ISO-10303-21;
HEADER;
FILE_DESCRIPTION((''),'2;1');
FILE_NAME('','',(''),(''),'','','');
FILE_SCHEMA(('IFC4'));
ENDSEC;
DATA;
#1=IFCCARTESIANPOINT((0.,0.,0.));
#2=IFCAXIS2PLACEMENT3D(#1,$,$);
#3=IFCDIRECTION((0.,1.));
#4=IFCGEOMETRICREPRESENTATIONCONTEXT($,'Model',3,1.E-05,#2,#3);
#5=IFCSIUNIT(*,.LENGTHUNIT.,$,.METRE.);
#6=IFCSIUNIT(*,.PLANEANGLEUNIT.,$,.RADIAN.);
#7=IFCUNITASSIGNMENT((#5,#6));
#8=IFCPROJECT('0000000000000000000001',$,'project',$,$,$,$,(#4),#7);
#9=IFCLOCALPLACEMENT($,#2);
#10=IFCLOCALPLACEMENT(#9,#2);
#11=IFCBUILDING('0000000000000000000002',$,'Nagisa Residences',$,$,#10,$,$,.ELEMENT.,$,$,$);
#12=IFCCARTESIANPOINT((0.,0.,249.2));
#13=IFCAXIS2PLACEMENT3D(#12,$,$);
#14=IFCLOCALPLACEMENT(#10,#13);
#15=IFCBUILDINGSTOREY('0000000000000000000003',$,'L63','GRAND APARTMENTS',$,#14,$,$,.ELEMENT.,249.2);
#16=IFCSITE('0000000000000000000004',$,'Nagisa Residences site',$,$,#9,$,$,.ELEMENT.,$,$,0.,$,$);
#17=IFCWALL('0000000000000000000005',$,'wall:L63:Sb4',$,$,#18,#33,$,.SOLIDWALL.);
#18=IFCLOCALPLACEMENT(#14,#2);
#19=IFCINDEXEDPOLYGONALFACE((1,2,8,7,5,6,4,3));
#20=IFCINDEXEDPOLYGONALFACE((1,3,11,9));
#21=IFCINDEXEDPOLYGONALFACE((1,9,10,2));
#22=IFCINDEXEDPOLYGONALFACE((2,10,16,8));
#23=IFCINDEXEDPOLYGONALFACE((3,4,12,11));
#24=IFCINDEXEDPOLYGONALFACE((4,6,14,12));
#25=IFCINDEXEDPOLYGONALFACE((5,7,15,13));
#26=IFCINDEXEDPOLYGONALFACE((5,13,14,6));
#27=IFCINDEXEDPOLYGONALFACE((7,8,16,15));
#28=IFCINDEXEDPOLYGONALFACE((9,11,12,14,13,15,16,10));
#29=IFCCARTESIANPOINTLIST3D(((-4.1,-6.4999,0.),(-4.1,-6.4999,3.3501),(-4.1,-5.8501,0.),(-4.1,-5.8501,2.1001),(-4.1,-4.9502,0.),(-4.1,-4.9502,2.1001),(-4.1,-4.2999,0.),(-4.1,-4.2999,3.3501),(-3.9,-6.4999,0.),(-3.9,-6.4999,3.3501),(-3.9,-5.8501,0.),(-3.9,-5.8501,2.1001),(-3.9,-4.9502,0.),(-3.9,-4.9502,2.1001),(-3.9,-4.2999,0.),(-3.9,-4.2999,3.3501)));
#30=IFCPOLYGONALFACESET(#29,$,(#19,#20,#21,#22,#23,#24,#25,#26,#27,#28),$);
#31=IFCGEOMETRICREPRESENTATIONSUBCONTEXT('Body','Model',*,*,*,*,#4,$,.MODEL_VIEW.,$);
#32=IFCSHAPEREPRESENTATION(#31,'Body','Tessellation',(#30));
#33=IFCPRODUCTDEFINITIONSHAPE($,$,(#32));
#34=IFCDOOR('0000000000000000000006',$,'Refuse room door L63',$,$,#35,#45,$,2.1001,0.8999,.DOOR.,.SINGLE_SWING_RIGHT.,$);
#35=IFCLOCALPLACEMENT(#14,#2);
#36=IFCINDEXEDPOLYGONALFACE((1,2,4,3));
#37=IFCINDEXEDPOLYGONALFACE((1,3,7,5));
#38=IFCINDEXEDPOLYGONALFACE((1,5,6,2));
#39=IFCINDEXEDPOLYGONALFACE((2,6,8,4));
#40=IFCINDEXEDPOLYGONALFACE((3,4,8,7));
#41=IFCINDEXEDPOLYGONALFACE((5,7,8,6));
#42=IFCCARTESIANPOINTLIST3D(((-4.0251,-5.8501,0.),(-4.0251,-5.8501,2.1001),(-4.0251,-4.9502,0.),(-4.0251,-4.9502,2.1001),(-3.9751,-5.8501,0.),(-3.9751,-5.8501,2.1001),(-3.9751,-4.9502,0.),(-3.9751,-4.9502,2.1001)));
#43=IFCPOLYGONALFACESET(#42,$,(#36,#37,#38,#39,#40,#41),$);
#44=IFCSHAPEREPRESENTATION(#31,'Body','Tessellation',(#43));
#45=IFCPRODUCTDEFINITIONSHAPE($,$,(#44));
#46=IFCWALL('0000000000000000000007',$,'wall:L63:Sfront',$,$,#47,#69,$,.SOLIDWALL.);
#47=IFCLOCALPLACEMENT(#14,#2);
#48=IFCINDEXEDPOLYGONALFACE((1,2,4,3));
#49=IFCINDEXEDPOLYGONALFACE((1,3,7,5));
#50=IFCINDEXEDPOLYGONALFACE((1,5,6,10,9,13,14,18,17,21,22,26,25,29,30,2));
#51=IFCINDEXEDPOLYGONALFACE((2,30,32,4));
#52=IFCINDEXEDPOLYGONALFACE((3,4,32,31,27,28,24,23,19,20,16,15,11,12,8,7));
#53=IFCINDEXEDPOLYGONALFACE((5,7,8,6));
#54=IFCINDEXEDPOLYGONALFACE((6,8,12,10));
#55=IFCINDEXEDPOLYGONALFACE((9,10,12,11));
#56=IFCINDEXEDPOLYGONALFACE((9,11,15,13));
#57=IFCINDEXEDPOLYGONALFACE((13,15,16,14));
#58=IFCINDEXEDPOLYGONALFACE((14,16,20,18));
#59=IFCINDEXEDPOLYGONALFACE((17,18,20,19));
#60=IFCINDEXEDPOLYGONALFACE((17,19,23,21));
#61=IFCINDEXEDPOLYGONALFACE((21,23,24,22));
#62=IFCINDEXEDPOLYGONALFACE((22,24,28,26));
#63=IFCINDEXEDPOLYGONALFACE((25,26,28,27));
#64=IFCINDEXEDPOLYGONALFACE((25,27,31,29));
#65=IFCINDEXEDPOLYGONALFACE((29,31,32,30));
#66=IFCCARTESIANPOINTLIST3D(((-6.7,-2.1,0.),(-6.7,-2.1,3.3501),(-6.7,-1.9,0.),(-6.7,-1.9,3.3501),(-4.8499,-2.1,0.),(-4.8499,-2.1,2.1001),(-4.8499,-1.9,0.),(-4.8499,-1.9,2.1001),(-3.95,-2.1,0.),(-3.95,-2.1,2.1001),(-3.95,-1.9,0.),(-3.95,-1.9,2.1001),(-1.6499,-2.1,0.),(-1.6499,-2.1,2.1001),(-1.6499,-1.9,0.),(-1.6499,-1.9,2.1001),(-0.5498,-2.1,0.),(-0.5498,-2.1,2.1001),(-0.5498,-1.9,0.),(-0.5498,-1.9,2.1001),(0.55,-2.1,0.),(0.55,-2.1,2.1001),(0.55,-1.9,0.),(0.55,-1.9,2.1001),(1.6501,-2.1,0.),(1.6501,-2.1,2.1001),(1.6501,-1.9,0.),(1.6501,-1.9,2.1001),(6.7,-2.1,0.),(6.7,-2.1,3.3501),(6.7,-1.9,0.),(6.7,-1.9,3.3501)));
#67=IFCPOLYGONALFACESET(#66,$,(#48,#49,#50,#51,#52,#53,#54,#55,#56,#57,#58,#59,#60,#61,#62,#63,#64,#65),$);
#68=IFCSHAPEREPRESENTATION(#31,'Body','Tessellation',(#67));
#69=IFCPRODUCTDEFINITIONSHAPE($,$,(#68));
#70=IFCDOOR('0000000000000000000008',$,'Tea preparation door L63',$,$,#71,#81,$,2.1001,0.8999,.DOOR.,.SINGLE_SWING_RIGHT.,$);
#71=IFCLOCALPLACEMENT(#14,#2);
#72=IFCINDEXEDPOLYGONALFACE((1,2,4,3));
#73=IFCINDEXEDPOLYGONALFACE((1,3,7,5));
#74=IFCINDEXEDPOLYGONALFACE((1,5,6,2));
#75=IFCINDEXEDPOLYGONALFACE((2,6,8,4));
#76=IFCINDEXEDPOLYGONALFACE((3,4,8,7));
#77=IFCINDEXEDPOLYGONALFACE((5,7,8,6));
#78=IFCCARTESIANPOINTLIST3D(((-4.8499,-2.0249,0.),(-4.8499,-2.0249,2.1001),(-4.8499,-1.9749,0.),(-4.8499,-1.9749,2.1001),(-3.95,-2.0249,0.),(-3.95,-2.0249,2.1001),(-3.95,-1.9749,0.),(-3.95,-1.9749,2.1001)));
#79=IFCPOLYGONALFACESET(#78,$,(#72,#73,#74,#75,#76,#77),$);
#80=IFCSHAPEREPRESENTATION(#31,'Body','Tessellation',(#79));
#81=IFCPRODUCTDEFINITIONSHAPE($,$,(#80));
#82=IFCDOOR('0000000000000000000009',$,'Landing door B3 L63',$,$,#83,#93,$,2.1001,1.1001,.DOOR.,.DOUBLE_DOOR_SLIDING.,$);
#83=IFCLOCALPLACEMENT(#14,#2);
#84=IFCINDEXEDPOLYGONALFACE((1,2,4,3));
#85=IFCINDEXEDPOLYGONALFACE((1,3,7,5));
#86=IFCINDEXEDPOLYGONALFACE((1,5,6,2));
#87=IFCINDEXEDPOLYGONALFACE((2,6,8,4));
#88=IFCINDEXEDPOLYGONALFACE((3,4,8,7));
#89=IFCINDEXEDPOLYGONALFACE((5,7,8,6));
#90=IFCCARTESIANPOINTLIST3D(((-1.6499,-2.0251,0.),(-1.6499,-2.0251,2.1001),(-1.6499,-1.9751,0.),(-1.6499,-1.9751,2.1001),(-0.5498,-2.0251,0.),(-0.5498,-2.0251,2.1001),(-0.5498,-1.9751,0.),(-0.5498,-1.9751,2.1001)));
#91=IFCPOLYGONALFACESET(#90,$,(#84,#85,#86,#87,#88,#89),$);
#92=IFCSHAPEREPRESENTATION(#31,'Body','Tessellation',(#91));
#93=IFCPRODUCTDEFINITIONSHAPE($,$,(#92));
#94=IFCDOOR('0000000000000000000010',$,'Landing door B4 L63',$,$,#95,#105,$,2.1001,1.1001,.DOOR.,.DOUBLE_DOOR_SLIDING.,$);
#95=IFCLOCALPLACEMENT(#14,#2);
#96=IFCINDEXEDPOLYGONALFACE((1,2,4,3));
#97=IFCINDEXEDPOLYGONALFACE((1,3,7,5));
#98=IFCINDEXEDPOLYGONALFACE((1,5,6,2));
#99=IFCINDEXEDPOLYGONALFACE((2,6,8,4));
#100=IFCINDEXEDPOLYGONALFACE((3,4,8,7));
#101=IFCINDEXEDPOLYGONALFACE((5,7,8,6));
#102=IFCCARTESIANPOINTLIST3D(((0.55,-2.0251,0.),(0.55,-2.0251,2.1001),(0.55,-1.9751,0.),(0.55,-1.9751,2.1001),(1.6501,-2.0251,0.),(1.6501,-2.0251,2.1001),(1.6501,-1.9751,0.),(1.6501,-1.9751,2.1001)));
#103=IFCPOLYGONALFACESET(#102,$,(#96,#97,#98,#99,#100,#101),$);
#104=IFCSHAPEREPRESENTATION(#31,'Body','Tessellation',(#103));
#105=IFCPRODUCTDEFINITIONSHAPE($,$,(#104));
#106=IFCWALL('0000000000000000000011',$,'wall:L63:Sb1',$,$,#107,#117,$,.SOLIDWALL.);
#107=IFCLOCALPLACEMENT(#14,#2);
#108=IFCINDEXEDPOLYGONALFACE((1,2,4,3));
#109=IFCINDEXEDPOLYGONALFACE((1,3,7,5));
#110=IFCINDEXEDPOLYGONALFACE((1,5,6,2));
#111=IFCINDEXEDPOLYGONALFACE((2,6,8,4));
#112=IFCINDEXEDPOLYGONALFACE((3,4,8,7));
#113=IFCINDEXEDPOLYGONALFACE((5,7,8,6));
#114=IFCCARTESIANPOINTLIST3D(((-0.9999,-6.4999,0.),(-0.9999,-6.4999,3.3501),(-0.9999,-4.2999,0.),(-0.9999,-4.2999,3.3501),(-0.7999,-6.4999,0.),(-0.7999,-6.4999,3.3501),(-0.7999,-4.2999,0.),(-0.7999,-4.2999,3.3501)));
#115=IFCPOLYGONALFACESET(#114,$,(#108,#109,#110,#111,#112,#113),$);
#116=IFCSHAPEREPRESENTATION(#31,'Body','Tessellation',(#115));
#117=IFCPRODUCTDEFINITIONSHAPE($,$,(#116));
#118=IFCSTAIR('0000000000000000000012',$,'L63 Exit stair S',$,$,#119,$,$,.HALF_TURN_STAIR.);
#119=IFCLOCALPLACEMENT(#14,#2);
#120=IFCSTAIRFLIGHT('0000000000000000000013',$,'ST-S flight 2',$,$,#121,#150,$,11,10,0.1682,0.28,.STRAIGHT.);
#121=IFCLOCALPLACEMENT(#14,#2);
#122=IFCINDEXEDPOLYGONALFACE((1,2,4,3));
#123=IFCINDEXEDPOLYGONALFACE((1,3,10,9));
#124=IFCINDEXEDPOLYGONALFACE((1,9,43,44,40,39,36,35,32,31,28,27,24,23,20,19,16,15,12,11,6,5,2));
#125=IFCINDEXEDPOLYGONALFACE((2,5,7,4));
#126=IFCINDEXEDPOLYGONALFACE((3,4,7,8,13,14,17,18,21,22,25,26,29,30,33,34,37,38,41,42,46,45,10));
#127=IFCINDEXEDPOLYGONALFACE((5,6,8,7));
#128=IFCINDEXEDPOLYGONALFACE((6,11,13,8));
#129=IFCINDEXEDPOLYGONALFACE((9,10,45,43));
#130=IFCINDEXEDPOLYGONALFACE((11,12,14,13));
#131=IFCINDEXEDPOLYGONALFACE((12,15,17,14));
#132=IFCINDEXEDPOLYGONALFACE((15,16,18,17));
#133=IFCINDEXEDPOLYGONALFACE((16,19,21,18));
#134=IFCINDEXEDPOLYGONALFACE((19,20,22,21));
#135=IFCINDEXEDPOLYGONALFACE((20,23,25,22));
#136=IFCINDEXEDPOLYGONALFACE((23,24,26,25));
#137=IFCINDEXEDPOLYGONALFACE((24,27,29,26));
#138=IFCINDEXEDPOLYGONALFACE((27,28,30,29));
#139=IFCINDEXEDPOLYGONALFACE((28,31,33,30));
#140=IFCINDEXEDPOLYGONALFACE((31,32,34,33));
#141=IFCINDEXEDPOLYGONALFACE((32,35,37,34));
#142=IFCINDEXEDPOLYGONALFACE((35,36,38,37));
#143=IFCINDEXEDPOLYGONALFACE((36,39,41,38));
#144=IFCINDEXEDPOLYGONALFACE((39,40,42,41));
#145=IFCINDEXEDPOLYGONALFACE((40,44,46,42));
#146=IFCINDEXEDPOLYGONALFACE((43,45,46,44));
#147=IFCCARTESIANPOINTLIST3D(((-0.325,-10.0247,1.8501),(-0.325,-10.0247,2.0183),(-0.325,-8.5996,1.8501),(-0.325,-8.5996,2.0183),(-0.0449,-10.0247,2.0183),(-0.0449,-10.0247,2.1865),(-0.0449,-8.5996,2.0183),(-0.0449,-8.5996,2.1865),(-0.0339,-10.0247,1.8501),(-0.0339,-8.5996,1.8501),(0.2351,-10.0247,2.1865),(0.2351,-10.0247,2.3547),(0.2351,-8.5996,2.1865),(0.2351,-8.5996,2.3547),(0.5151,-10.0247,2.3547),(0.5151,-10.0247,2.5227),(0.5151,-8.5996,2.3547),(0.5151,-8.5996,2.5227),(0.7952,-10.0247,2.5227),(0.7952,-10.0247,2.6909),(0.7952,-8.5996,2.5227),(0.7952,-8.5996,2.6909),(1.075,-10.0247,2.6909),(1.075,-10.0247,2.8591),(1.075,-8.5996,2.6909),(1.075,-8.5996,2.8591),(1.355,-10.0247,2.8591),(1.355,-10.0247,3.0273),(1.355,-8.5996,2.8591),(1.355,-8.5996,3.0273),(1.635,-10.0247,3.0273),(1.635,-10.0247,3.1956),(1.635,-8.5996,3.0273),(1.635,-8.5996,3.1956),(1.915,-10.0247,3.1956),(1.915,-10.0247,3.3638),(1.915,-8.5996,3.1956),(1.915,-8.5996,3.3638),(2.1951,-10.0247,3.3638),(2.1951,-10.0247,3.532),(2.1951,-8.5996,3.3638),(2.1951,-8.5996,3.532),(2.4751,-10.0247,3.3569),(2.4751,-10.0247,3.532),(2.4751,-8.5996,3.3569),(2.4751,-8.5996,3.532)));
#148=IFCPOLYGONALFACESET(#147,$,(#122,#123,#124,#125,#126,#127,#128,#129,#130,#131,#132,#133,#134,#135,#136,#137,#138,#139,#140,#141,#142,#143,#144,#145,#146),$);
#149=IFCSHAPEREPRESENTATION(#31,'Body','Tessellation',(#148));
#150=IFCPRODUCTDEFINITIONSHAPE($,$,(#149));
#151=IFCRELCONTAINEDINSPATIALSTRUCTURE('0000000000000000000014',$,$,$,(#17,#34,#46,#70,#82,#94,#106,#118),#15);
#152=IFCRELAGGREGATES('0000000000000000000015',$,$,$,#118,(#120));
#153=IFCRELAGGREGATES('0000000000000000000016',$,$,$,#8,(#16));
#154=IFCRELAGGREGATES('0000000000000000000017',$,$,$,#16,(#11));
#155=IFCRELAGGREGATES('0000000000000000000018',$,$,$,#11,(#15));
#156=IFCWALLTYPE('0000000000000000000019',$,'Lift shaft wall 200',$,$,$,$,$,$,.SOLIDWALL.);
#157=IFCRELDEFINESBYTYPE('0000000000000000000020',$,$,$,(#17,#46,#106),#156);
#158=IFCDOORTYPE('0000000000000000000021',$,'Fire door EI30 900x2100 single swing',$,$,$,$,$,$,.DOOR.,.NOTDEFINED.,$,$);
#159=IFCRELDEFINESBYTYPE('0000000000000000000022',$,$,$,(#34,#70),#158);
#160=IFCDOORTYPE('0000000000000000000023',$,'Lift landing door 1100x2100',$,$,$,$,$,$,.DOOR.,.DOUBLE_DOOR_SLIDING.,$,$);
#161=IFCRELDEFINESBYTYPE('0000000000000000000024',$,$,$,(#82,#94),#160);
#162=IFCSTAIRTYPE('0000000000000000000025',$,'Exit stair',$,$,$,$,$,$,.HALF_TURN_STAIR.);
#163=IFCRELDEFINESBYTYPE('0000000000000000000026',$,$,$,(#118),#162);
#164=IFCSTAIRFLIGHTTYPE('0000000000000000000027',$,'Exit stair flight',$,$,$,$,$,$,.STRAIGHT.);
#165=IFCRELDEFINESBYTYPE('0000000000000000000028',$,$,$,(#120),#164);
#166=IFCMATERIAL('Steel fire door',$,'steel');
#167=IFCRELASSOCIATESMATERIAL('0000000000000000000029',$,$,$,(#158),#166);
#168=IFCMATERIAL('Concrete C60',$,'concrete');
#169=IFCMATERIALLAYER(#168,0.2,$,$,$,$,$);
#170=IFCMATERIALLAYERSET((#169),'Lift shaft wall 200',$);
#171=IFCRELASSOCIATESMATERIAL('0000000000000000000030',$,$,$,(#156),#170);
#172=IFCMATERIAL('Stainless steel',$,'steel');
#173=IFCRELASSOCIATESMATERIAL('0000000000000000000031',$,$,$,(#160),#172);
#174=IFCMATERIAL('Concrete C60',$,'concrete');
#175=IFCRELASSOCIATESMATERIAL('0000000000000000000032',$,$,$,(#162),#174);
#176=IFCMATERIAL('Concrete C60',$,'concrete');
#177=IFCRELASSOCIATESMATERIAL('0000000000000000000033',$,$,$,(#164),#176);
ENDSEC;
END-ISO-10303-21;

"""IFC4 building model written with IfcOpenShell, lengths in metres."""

from ifc_helpers import new_model, si_unit, direction, frame, frame_2d, origin, place, context, subcontext, project, spatial, polyline, rectangle, outline, extrude, material, layer, layer_set, type_object, element, fill, aggregate, save


model = new_model("IFC4")

# Units and contexts
model_context = context("Model", 3, precision=1e-05, world=origin(), true_north=direction((0.0, 1.0)))
body_context = subcontext(model_context, "Body", "Model", "MODEL_VIEW")
ifc_project = project(units=[si_unit("LENGTHUNIT", "METRE"), si_unit("PLANEANGLEUNIT", "RADIAN")], contexts=[model_context])

# Site, building, storey
site_placement = place(None, origin())
site = spatial("IfcSite", under=ifc_project, at=site_placement, Name="Nagisa Residences site", CompositionType="ELEMENT", RefElevation=0.0)
building_placement = place(site_placement, origin())
building = spatial("IfcBuilding", under=site, at=building_placement, Name="Nagisa Residences", CompositionType="ELEMENT")
storey_placement = place(building_placement, frame((0.0, 0.0, 249.2)))
storey = spatial("IfcBuildingStorey", under=building, at=storey_placement, Name="L63", Description="GRAND APARTMENTS", CompositionType="ELEMENT", Elevation=249.2)

# Shared definitions
ifc_material_1 = material(Name="Steel fire door", Category="steel")
door_type_1 = type_object("IfcDoorType", Name="Fire door EI30 900x2100 single swing", OperationType="NOTDEFINED", PredefinedType="DOOR", material=ifc_material_1)

# Wall, opening, door
ifc_material_2 = material(Name="Concrete C60", Category="concrete")
ifc_layer_1 = layer(ifc_material_2, 0.2)
ifc_layer_set_1 = layer_set([ifc_layer_1], Name="Lift shaft wall 200")
wall_type_1 = type_object("IfcWallType", Name="Lift shaft wall 200", PredefinedType="SOLIDWALL", material=ifc_layer_set_1)
wall_1_placement = place(storey_placement, frame((-4.0, -6.5, 0.0), z_axis=(0.0, 0.0, 1.0), x_axis=(0.0, 1.0, 0.0)))
wall_1 = element("IfcWall", 1, at=wall_1_placement, inside=storey, type_object=wall_type_1, Name="wall:L63:Sb4", PredefinedType="SOLIDWALL", context=body_context, shape_type="SweptSolid", body=[
    extrude(rectangle(XDim=2.2, YDim=0.2, at=frame_2d((1.1001, 0.0))), origin(), (0.0, 0.0, 1.0), 3.3501),
])
opening_1_placement = place(wall_1_placement, frame((0.6499, 0.0, 0.0)))
opening_1 = element("IfcOpeningElement", 2, at=opening_1_placement, cuts=wall_1, PredefinedType="OPENING", context=body_context, shape_type="SweptSolid", body=[
    extrude(rectangle(XDim=0.8999, YDim=2.1001, at=frame_2d((0.45, 1.05))), frame((0.0, 0.1099, 0.0), z_axis=(0.0, -1.0, 0.0), x_axis=(1.0, 0.0, 0.0)), (0.0, 0.0, 1.0), 0.22),
])
door_1_placement = place(opening_1_placement, frame((0.8999, 0.0, 0.0), x_axis=(-1.0, 0.0, 0.0)))
door_1 = element("IfcDoor", 3, at=door_1_placement, inside=storey, type_object=door_type_1, Name="Refuse room door L63", OperationType="SINGLE_SWING_RIGHT", OverallHeight=2.1001, OverallWidth=0.8999, PredefinedType="DOOR", context=body_context, shape_type="SweptSolid", body=[
    extrude(rectangle(XDim=0.8999, YDim=2.1001, at=frame_2d((0.45, 1.05))), frame((0.0, 0.0249, 0.0), z_axis=(0.0, -1.0, 0.0), x_axis=(1.0, 0.0, 0.0)), (0.0, 0.0, 1.0), 0.05),
])
fill(opening_1, door_1)

# Wall, openings, doors
wall_2_placement = place(storey_placement, frame((-6.7, -2.0, 0.0), z_axis=(0.0, 0.0, 1.0), x_axis=(1.0, 0.0, 0.0)))
wall_2 = element("IfcWall", 4, at=wall_2_placement, inside=storey, type_object=wall_type_1, Name="wall:L63:Sfront", PredefinedType="SOLIDWALL", context=body_context, shape_type="SweptSolid", body=[
    extrude(rectangle(XDim=13.3999, YDim=0.2, at=frame_2d((6.7, 0.0))), origin(), (0.0, 0.0, 1.0), 3.3501),
])
opening_2_placement = place(wall_2_placement, frame((5.05, 0.0, 0.0)))
opening_2 = element("IfcOpeningElement", 5, at=opening_2_placement, cuts=wall_2, PredefinedType="OPENING", context=body_context, shape_type="SweptSolid", body=[
    extrude(rectangle(XDim=1.1001, YDim=2.1001, at=frame_2d((0.55, 1.05))), frame((0.0, 0.1099, 0.0), z_axis=(0.0, -1.0, 0.0), x_axis=(1.0, 0.0, 0.0)), (0.0, 0.0, 1.0), 0.22),
])
opening_3_placement = place(wall_2_placement, frame((7.25, 0.0, 0.0)))
opening_3 = element("IfcOpeningElement", 6, at=opening_3_placement, cuts=wall_2, PredefinedType="OPENING", context=body_context, shape_type="SweptSolid", body=[
    extrude(rectangle(XDim=1.1001, YDim=2.1001, at=frame_2d((0.55, 1.05))), frame((0.0, 0.1099, 0.0), z_axis=(0.0, -1.0, 0.0), x_axis=(1.0, 0.0, 0.0)), (0.0, 0.0, 1.0), 0.22),
])
opening_4_placement = place(wall_2_placement, frame((1.8501, 0.0, 0.0)))
opening_4 = element("IfcOpeningElement", 7, at=opening_4_placement, cuts=wall_2, PredefinedType="OPENING", context=body_context, shape_type="SweptSolid", body=[
    extrude(rectangle(XDim=0.8999, YDim=2.1001, at=frame_2d((0.45, 1.05))), frame((0.0, 0.1099, 0.0), z_axis=(0.0, -1.0, 0.0), x_axis=(1.0, 0.0, 0.0)), (0.0, 0.0, 1.0), 0.22),
])
door_2_placement = place(opening_4_placement, frame((0.8999, 0.0, 0.0), x_axis=(-1.0, 0.0, 0.0)))
door_2 = element("IfcDoor", 8, at=door_2_placement, inside=storey, type_object=door_type_1, Name="Tea preparation door L63", OperationType="SINGLE_SWING_RIGHT", OverallHeight=2.1001, OverallWidth=0.8999, PredefinedType="DOOR", context=body_context, shape_type="SweptSolid", body=[
    extrude(rectangle(XDim=0.8999, YDim=2.1001, at=frame_2d((0.45, 1.05))), frame((0.0, 0.0249, 0.0), z_axis=(0.0, -1.0, 0.0), x_axis=(1.0, 0.0, 0.0)), (0.0, 0.0, 1.0), 0.05),
])
fill(opening_4, door_2)
ifc_material_3 = material(Name="Stainless steel", Category="steel")
door_type_2 = type_object("IfcDoorType", Name="Lift landing door 1100x2100", OperationType="DOUBLE_DOOR_SLIDING", PredefinedType="DOOR", material=ifc_material_3)
door_3_placement = place(opening_2_placement, origin())
door_3 = element("IfcDoor", 9, at=door_3_placement, inside=storey, type_object=door_type_2, Name="Landing door B3 L63", OperationType="DOUBLE_DOOR_SLIDING", OverallHeight=2.1001, OverallWidth=1.1001, PredefinedType="DOOR", context=body_context, shape_type="SweptSolid", body=[
    extrude(rectangle(XDim=1.1001, YDim=2.1001, at=frame_2d((0.55, 1.05))), frame((0.0, 0.0249, 0.0), z_axis=(0.0, -1.0, 0.0), x_axis=(1.0, 0.0, 0.0)), (0.0, 0.0, 1.0), 0.05),
])
fill(opening_2, door_3)
door_4_placement = place(opening_3_placement, origin())
door_4 = element("IfcDoor", 10, at=door_4_placement, inside=storey, type_object=door_type_2, Name="Landing door B4 L63", OperationType="DOUBLE_DOOR_SLIDING", OverallHeight=2.1001, OverallWidth=1.1001, PredefinedType="DOOR", context=body_context, shape_type="SweptSolid", body=[
    extrude(rectangle(XDim=1.1001, YDim=2.1001, at=frame_2d((0.55, 1.05))), frame((0.0, 0.0249, 0.0), z_axis=(0.0, -1.0, 0.0), x_axis=(1.0, 0.0, 0.0)), (0.0, 0.0, 1.0), 0.05),
])
fill(opening_3, door_4)

# Wall
wall_3_placement = place(storey_placement, frame((-0.8999, -6.5, 0.0), z_axis=(0.0, 0.0, 1.0), x_axis=(0.0, 1.0, 0.0)))
element("IfcWall", 11, at=wall_3_placement, inside=storey, type_object=wall_type_1, Name="wall:L63:Sb1", PredefinedType="SOLIDWALL", context=body_context, shape_type="SweptSolid", body=[
    extrude(rectangle(XDim=2.2, YDim=0.2, at=frame_2d((1.1001, 0.0))), origin(), (0.0, 0.0, 1.0), 3.3501),
])

# Stair, stair flight
ifc_material_4 = material(Name="Concrete C60", Category="concrete")
stair_type = type_object("IfcStairType", Name="Exit stair", PredefinedType="HALF_TURN_STAIR", material=ifc_material_4)
stair_placement = place(storey_placement, origin())
stair = element("IfcStair", 12, at=stair_placement, inside=storey, type_object=stair_type, Name="L63 Exit stair S", PredefinedType="HALF_TURN_STAIR")
ifc_material_5 = material(Name="Concrete C60", Category="concrete")
stair_flight_type = type_object("IfcStairFlightType", Name="Exit stair flight", PredefinedType="STRAIGHT", material=ifc_material_5)
stair_flight_placement = place(storey_placement, frame((-0.325, -9.312, 1.8501), z_axis=(0.0, 0.0, 1.0), x_axis=(1.0, 0.0, 0.0)))
stair_flight = element("IfcStairFlight", 13, at=stair_flight_placement, type_object=stair_flight_type, Name="ST-S flight 2", NumberOfRisers=11, NumberOfTreads=10, PredefinedType="STRAIGHT", RiserHeight=0.1682, TreadLength=0.28, context=body_context, shape_type="SweptSolid", body=[
    extrude(outline(polyline([(0.0, 0.0), (0.0, 0.1682), (0.28, 0.1682), (0.28, 0.3364), (0.5601, 0.3364), (0.5601, 0.5046), (0.8401, 0.5046), (0.8401, 0.6726), (1.1201, 0.6726), (1.1201, 0.8408), (1.3999, 0.8408), (1.3999, 1.009), (1.6799, 1.009), (1.6799, 1.1772), (1.96, 1.1772), (1.96, 1.3455), (2.24, 1.3455), (2.24, 1.5137), (2.52, 1.5137), (2.52, 1.6819), (2.8, 1.6819), (2.8, 1.8501), (2.8, 1.5068), (0.291, 0.0), (0.0, 0.0)])), frame((0.0, 0.7124, 0.0), z_axis=(0.0, -1.0, 0.0), x_axis=(1.0, 0.0, 0.0)), (0.0, 0.0, 1.0), 1.425),
])
aggregate(stair, [stair_flight])

save(model, "model.ifc")
